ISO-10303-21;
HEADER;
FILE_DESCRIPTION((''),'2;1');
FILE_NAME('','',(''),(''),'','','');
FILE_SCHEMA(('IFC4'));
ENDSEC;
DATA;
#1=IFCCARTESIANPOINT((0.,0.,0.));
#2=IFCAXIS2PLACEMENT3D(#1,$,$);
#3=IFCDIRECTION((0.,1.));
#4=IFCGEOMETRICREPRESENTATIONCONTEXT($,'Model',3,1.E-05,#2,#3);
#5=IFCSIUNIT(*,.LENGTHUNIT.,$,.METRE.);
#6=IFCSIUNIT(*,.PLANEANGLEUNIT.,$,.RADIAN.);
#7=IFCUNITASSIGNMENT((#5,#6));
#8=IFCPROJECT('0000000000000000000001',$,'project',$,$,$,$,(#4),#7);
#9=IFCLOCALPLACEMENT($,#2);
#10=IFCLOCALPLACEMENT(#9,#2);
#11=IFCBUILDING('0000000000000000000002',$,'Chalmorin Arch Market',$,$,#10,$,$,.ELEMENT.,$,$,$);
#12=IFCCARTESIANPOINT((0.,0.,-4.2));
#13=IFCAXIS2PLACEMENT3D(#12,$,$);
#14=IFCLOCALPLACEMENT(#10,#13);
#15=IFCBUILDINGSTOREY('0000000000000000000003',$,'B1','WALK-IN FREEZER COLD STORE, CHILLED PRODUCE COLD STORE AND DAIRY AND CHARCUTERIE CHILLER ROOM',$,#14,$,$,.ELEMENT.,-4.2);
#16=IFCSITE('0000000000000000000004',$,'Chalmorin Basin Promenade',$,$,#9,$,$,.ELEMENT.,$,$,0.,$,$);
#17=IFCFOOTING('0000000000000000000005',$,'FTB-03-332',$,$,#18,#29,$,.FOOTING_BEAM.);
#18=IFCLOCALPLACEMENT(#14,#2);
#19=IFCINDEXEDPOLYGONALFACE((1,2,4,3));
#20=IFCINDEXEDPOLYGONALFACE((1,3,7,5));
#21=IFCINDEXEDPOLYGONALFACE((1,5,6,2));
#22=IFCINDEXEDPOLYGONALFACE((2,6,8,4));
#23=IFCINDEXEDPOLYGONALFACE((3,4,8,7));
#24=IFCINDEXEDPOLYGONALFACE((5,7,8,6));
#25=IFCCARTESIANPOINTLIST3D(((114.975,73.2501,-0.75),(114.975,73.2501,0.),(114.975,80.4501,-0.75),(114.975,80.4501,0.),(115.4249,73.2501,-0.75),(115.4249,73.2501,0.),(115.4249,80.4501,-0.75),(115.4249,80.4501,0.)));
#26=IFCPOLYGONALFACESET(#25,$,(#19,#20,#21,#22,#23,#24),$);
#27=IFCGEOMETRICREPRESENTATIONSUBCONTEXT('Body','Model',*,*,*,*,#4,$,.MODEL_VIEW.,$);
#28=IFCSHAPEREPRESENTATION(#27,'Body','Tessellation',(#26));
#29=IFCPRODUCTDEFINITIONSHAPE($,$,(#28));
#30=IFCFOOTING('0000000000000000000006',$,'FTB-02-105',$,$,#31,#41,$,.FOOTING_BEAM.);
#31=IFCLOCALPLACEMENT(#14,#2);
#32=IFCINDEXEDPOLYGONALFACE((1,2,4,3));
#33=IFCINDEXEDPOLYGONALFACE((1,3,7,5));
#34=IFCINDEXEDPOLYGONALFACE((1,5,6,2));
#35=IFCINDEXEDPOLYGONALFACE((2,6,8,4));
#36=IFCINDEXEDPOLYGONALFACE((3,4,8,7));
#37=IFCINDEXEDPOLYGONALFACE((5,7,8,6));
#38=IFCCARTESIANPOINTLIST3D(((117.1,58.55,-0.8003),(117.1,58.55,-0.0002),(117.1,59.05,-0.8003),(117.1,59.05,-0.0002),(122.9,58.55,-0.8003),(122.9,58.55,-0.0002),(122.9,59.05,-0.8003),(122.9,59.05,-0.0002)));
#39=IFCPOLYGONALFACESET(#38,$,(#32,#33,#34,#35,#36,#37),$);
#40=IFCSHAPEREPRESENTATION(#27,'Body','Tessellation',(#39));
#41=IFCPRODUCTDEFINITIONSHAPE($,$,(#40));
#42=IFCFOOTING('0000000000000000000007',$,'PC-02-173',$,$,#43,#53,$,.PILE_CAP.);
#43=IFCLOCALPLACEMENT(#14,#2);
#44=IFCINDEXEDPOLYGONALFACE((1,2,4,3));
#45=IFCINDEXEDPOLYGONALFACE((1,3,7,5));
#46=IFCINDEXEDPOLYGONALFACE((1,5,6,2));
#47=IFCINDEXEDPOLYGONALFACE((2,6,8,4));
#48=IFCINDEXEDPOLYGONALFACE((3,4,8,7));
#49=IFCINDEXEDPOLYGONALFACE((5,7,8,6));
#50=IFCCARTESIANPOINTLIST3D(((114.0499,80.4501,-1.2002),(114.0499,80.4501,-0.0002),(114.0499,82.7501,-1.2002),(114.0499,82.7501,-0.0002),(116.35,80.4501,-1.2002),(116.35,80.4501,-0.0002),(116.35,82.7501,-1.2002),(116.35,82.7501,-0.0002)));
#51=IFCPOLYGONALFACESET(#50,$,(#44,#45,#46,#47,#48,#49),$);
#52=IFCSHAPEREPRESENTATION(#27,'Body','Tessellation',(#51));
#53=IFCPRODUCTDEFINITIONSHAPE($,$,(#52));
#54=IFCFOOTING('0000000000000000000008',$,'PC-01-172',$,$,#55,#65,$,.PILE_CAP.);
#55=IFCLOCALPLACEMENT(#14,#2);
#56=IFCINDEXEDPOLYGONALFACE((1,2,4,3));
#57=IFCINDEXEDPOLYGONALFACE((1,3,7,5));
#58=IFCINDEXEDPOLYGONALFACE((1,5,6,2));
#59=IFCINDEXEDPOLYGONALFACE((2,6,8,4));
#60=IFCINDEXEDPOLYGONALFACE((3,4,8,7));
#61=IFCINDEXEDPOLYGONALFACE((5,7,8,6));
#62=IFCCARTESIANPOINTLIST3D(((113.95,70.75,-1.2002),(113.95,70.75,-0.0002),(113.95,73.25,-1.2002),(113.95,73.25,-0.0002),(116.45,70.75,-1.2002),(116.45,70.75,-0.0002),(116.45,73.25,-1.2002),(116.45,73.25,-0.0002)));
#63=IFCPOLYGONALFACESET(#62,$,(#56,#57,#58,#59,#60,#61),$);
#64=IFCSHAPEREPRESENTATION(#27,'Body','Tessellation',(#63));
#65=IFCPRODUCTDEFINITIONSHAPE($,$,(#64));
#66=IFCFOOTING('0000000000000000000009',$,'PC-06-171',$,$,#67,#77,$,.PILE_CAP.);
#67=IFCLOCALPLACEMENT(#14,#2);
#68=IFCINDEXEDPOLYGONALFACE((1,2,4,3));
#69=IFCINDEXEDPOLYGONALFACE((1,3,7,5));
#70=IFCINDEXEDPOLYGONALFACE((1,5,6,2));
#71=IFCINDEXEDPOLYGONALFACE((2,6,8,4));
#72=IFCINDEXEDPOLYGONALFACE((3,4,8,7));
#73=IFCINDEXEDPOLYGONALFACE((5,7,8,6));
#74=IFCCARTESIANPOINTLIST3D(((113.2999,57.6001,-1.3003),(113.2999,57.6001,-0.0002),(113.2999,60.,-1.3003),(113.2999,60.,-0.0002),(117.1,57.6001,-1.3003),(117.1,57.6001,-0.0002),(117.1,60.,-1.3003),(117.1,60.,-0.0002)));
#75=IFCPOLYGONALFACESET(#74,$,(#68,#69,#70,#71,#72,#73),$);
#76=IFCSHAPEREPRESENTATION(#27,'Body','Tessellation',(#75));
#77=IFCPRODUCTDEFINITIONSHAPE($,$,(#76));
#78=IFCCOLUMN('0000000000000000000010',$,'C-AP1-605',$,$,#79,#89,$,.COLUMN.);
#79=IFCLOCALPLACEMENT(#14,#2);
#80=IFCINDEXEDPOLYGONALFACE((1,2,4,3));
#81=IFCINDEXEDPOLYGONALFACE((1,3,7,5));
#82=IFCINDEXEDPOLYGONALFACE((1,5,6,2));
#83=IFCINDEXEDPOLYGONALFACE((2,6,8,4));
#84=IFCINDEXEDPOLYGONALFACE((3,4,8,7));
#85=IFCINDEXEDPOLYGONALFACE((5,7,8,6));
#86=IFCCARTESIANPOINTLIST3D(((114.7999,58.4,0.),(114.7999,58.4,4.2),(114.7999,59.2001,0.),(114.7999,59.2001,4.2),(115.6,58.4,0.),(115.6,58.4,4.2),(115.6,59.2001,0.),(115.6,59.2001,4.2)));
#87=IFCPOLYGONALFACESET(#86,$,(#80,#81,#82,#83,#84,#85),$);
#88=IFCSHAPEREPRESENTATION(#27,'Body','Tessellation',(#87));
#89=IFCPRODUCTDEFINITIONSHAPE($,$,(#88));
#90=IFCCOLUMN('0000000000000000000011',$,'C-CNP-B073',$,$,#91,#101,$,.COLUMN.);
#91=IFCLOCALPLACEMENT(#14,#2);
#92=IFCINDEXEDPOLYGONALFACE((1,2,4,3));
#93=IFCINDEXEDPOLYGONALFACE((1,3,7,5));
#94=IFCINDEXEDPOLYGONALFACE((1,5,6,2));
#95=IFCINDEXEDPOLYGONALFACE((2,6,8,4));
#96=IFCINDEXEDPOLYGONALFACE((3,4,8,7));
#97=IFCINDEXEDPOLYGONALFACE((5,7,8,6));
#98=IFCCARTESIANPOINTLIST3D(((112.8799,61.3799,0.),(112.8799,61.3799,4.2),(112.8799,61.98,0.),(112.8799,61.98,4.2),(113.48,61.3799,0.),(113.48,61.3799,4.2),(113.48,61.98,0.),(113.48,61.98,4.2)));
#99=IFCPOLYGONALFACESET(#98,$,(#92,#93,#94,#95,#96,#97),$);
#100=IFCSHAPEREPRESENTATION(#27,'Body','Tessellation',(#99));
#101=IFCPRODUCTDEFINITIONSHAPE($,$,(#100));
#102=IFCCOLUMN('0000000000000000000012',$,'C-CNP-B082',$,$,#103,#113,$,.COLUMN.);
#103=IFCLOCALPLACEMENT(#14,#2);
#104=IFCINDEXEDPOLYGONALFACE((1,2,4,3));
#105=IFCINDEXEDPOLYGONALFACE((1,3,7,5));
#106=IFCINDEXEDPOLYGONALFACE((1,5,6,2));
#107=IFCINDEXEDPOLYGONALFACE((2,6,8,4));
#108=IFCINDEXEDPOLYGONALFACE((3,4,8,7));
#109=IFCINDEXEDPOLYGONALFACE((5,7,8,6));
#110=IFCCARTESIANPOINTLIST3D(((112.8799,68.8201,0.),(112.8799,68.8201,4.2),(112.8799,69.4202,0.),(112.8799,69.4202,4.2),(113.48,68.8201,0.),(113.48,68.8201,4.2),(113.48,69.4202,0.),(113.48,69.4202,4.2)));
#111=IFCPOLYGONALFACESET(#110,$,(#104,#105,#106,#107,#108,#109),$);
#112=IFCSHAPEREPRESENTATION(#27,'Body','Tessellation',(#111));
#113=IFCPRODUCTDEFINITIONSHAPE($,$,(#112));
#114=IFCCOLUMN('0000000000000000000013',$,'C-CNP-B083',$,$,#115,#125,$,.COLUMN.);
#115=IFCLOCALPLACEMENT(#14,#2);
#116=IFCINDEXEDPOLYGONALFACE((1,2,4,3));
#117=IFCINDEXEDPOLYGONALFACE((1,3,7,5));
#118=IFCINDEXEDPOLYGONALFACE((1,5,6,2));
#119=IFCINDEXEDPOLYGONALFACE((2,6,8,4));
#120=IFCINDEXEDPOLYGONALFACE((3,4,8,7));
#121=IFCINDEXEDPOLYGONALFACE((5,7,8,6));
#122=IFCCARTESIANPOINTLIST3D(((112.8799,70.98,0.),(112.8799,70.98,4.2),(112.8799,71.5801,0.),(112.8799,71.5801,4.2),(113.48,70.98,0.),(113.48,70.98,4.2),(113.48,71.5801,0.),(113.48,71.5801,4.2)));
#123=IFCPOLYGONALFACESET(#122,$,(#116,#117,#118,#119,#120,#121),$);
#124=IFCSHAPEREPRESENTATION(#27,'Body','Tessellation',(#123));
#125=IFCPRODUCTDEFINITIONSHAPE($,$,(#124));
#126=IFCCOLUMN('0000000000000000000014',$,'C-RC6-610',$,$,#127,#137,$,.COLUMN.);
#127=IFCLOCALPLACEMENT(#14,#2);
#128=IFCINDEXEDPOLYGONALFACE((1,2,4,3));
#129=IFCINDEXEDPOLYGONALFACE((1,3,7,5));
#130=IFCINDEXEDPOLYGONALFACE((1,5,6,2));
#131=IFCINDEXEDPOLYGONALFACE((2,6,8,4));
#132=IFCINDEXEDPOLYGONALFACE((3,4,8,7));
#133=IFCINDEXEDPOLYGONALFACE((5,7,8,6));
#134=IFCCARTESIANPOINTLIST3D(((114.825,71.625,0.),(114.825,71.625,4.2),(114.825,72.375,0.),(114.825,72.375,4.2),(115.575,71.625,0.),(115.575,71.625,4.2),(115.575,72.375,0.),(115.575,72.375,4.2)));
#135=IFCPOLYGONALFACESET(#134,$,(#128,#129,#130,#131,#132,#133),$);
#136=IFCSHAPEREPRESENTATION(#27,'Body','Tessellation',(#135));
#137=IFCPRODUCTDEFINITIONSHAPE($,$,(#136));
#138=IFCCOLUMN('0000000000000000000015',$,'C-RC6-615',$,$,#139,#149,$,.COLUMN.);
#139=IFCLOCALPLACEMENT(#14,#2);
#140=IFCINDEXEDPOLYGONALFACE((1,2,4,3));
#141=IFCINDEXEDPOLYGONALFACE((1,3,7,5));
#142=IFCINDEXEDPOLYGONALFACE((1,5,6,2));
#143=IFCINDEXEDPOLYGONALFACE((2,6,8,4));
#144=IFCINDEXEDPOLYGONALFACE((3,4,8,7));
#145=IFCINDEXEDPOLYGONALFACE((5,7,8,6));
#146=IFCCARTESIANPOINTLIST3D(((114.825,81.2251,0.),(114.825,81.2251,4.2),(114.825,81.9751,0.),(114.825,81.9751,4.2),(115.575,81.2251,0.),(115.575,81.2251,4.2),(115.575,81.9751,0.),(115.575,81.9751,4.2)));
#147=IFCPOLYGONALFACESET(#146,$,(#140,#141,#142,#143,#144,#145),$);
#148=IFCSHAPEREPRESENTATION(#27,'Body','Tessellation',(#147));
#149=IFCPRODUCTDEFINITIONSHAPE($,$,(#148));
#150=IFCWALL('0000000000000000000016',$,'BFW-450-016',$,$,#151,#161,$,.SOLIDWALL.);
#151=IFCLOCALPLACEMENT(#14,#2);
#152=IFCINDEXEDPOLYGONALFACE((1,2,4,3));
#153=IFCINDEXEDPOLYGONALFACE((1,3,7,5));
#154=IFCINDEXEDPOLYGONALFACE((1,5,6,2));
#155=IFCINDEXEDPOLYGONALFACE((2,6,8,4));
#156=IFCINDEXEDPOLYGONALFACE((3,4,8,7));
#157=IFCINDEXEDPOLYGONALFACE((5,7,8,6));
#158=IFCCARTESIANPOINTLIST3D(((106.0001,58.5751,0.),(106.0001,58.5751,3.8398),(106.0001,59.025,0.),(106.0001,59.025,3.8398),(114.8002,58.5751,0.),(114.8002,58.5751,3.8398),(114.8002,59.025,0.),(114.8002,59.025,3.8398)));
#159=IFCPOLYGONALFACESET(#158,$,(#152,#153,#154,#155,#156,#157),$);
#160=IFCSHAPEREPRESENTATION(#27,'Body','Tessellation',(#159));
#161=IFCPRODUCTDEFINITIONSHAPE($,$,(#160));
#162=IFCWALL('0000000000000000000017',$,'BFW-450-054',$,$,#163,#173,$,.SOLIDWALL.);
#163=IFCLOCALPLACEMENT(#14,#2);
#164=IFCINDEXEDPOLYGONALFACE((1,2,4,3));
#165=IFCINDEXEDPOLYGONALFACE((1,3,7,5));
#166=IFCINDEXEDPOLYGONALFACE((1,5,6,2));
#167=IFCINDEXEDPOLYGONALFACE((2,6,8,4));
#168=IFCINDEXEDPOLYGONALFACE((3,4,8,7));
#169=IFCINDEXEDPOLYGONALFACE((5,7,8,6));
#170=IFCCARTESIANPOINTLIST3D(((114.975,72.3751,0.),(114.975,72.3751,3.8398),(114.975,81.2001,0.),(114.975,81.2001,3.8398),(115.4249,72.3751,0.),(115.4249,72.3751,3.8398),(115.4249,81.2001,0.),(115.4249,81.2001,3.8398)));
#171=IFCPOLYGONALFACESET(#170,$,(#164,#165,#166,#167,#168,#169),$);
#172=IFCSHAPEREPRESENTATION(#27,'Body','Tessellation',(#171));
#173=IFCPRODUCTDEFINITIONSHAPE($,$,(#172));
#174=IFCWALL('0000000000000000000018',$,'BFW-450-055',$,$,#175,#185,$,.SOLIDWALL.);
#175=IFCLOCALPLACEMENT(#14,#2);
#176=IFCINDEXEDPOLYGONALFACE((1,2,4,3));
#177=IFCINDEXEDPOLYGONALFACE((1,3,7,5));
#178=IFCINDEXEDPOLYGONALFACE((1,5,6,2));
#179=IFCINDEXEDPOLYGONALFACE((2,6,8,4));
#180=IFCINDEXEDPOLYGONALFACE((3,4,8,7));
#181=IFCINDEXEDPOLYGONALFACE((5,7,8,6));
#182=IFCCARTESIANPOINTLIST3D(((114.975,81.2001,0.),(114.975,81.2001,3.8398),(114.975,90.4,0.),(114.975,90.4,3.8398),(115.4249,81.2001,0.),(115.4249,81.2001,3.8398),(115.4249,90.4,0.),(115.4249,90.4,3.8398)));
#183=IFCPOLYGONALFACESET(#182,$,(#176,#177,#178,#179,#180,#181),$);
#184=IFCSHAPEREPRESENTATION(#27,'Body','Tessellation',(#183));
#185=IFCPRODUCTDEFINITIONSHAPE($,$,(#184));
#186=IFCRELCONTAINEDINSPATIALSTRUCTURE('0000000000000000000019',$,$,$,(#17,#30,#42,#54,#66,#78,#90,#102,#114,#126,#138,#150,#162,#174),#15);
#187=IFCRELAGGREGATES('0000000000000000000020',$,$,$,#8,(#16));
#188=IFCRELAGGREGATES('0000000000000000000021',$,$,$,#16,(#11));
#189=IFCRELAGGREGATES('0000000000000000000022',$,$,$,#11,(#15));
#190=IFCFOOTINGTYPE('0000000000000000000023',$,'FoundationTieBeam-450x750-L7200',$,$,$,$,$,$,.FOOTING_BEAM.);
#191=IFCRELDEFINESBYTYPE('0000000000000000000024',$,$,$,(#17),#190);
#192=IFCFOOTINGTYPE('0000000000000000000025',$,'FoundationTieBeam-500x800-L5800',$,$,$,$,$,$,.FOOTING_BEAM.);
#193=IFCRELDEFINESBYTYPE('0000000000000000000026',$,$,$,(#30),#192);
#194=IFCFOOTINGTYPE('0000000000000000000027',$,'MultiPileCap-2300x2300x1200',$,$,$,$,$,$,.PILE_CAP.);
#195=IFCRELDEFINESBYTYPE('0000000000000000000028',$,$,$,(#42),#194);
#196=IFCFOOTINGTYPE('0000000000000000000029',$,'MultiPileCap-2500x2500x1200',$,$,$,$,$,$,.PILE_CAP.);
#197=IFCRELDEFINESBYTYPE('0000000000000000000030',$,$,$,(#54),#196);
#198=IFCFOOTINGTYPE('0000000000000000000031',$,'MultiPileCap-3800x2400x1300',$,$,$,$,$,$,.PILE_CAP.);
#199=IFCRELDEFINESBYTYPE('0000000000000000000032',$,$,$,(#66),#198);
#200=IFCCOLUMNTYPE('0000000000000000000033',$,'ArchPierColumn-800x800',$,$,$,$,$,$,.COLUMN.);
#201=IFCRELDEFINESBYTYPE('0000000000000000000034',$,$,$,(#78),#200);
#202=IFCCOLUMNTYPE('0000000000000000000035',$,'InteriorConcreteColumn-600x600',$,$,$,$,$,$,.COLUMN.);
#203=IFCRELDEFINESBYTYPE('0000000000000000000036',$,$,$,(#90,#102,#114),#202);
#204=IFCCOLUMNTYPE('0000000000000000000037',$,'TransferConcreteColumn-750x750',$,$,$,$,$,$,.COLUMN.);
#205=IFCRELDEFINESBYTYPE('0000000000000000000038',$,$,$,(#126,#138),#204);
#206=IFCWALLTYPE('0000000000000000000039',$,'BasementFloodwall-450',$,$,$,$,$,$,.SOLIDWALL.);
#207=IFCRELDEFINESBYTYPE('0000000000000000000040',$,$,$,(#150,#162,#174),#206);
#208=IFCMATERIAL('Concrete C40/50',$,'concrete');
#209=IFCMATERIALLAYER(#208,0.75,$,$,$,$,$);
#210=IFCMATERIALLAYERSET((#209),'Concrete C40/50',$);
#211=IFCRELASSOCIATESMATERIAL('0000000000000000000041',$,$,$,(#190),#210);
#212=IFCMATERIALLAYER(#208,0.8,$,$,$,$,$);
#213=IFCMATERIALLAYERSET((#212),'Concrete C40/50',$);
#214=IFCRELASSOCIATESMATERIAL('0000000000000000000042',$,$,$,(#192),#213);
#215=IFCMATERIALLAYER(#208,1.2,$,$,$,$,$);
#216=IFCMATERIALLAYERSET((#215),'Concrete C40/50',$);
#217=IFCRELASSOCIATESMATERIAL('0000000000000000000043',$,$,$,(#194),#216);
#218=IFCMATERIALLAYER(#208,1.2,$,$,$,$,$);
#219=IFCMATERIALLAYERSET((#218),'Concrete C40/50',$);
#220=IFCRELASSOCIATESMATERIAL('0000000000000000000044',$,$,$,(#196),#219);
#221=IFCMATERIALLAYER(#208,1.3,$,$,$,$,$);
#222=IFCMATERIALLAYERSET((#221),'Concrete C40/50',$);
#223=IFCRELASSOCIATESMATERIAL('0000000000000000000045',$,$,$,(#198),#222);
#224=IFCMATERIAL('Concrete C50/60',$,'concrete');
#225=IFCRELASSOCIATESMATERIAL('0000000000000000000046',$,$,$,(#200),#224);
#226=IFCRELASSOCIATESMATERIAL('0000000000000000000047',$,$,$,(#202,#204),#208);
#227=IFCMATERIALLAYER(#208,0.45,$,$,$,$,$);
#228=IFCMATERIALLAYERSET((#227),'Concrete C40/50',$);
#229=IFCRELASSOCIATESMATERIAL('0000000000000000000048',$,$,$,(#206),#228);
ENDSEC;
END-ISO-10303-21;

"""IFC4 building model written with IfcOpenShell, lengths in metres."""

from ifc_helpers import new_model, si_unit, direction, frame, frame_2d, origin, origin_2d, place, context, subcontext, project, spatial, rectangle, extrude, material, layer, layer_set, material_profile, profile_set, type_object, element, save


model = new_model("IFC4")

# Units and contexts
model_context = context("Model", 3, precision=1e-05, world=origin(), true_north=direction((0.0, 1.0)))
body_context = subcontext(model_context, "Body", "Model", "MODEL_VIEW")
ifc_project = project(units=[si_unit("LENGTHUNIT", "METRE"), si_unit("PLANEANGLEUNIT", "RADIAN")], contexts=[model_context])

# Site, building, storey
site_placement = place(None, origin())
site = spatial("IfcSite", under=ifc_project, at=site_placement, Name="Chalmorin Basin Promenade", CompositionType="ELEMENT", RefElevation=0.0)
building_placement = place(site_placement, origin())
building = spatial("IfcBuilding", under=site, at=building_placement, Name="Chalmorin Arch Market", CompositionType="ELEMENT")
storey_placement = place(building_placement, frame((0.0, 0.0, -4.2)))
storey = spatial("IfcBuildingStorey", under=building, at=storey_placement, Name="B1", Description="WALK-IN FREEZER COLD STORE, CHILLED PRODUCE COLD STORE AND DAIRY AND CHARCUTERIE CHILLER ROOM", CompositionType="ELEMENT", Elevation=-4.2)

# Footings
ifc_material_1 = material(Name="Concrete C40/50", Category="concrete")
ifc_layer_1 = layer(ifc_material_1, 0.75)
ifc_layer_set_1 = layer_set([ifc_layer_1], Name="Concrete C40/50")
footing_type_1 = type_object("IfcFootingType", Name="FoundationTieBeam-450x750-L7200", PredefinedType="FOOTING_BEAM", material=ifc_layer_set_1)
footing_1_placement = place(storey_placement, frame((115.2, 76.8501, -0.75), z_axis=(0.0, 0.0, 1.0), x_axis=(0.0, 1.0, 0.0)))
element("IfcFooting", 1, at=footing_1_placement, inside=storey, type_object=footing_type_1, Name="FTB-03-332", PredefinedType="FOOTING_BEAM", context=body_context, shape_type="SweptSolid", body=[
    extrude(rectangle(XDim=7.2, YDim=0.45, at=origin_2d()), origin(), (0.0, 0.0, 1.0), 0.75),
])
ifc_layer_2 = layer(ifc_material_1, 0.8)
ifc_layer_set_2 = layer_set([ifc_layer_2], Name="Concrete C40/50")
footing_type_2 = type_object("IfcFootingType", Name="FoundationTieBeam-500x800-L5800", PredefinedType="FOOTING_BEAM", material=ifc_layer_set_2)
footing_2_placement = place(storey_placement, frame((120.0, 58.8, -0.8003), z_axis=(0.0, 0.0, 1.0), x_axis=(1.0, 0.0, 0.0)))
element("IfcFooting", 2, at=footing_2_placement, inside=storey, type_object=footing_type_2, Name="FTB-02-105", PredefinedType="FOOTING_BEAM", context=body_context, shape_type="SweptSolid", body=[
    extrude(rectangle(XDim=5.8, YDim=0.5, at=origin_2d()), origin(), (0.0, 0.0, 1.0), 0.8),
])
ifc_layer_3 = layer(ifc_material_1, 1.2)
ifc_layer_set_3 = layer_set([ifc_layer_3], Name="Concrete C40/50")
footing_type_3 = type_object("IfcFootingType", Name="MultiPileCap-2300x2300x1200", PredefinedType="PILE_CAP", material=ifc_layer_set_3)
footing_3_placement = place(storey_placement, frame((115.2, 81.6001, -1.2002), z_axis=(0.0, 0.0, 1.0), x_axis=(1.0, 0.0, 0.0)))
element("IfcFooting", 3, at=footing_3_placement, inside=storey, type_object=footing_type_3, Name="PC-02-173", PredefinedType="PILE_CAP", context=body_context, shape_type="SweptSolid", body=[
    extrude(rectangle(XDim=2.3, YDim=2.3, at=origin_2d()), origin(), (0.0, 0.0, 1.0), 1.2),
])
ifc_layer_4 = layer(ifc_material_1, 1.2)
ifc_layer_set_4 = layer_set([ifc_layer_4], Name="Concrete C40/50")
footing_type_4 = type_object("IfcFootingType", Name="MultiPileCap-2500x2500x1200", PredefinedType="PILE_CAP", material=ifc_layer_set_4)
footing_4_placement = place(storey_placement, frame((115.2, 72.0, -1.2002), z_axis=(0.0, 0.0, 1.0), x_axis=(1.0, 0.0, 0.0)))
element("IfcFooting", 4, at=footing_4_placement, inside=storey, type_object=footing_type_4, Name="PC-01-172", PredefinedType="PILE_CAP", context=body_context, shape_type="SweptSolid", body=[
    extrude(rectangle(XDim=2.5, YDim=2.5, at=origin_2d()), origin(), (0.0, 0.0, 1.0), 1.2),
])
ifc_layer_5 = layer(ifc_material_1, 1.3)
ifc_layer_set_5 = layer_set([ifc_layer_5], Name="Concrete C40/50")
footing_type_5 = type_object("IfcFootingType", Name="MultiPileCap-3800x2400x1300", PredefinedType="PILE_CAP", material=ifc_layer_set_5)
footing_5_placement = place(storey_placement, frame((115.2, 58.8, -1.3003), z_axis=(0.0, 0.0, 1.0), x_axis=(1.0, 0.0, 0.0)))
element("IfcFooting", 5, at=footing_5_placement, inside=storey, type_object=footing_type_5, Name="PC-06-171", PredefinedType="PILE_CAP", context=body_context, shape_type="SweptSolid", body=[
    extrude(rectangle(XDim=3.8, YDim=2.3999, at=origin_2d()), origin(), (0.0, 0.0, 1.0), 1.3),
])

# Columns
ifc_material_2 = material(Name="Concrete C50/60", Category="concrete")
ifc_material_profile_1 = material_profile(ifc_material_2, rectangle(XDim=0.8, YDim=0.8, at=origin_2d()), Name="RC800X800")
ifc_profile_set_1 = profile_set([ifc_material_profile_1], Name="Concrete C50/60")
column_type_1 = type_object("IfcColumnType", Name="ArchPierColumn-800x800", PredefinedType="COLUMN", material=ifc_profile_set_1)
column_placement = place(storey_placement, frame((115.2, 58.8, 0.0), z_axis=(0.0, 0.0, 1.0), x_axis=(1.0, 0.0, 0.0)))
element("IfcColumn", 6, at=column_placement, inside=storey, type_object=column_type_1, Name="C-AP1-605", PredefinedType="COLUMN", context=body_context, shape_type="SweptSolid", body=[
    extrude(rectangle(XDim=0.8, YDim=0.8, at=origin_2d()), origin(), (0.0, 0.0, 1.0), 4.2),
])
ifc_material_profile_2 = material_profile(ifc_material_1, rectangle(XDim=0.6001, YDim=0.6001, at=origin_2d()), Name="RC600X600")
ifc_profile_set_2 = profile_set([ifc_material_profile_2], Name="Concrete C40/50")
column_type_2 = type_object("IfcColumnType", Name="InteriorConcreteColumn-600x600", PredefinedType="COLUMN", material=ifc_profile_set_2)
for number, where, z_axis, x_axis, name in (
    (7, (113.1799, 61.6799, 0.0), (0.0, 0.0, 1.0), (1.0, 0.0, 0.0), "C-CNP-B073"),
    (8, (113.1799, 69.1201, 0.0), (0.0, 0.0, 1.0), (1.0, 0.0, 0.0), "C-CNP-B082"),
    (9, (113.1799, 71.28, 0.0), (0.0, 0.0, 1.0), (1.0, 0.0, 0.0), "C-CNP-B083"),
):
    element("IfcColumn", number, at=place(storey_placement, frame(where, z_axis=z_axis, x_axis=x_axis)), inside=storey, type_object=column_type_2, Name=name, PredefinedType="COLUMN", context=body_context, shape_type="SweptSolid", body=[
        extrude(rectangle(XDim=0.6001, YDim=0.6001, at=origin_2d()), origin(), (0.0, 0.0, 1.0), 4.2),
    ])
ifc_material_profile_3 = material_profile(ifc_material_1, rectangle(XDim=0.75, YDim=0.75, at=origin_2d()), Name="RC750X750")
ifc_profile_set_3 = profile_set([ifc_material_profile_3], Name="Concrete C40/50")
column_type_3 = type_object("IfcColumnType", Name="TransferConcreteColumn-750x750", PredefinedType="COLUMN", material=ifc_profile_set_3)
for number, where, z_axis, x_axis, name in (
    (10, (115.2, 72.0, 0.0), (0.0, 0.0, 1.0), (1.0, 0.0, 0.0), "C-RC6-610"),
    (11, (115.2, 81.6001, 0.0), (0.0, 0.0, 1.0), (1.0, 0.0, 0.0), "C-RC6-615"),
):
    element("IfcColumn", number, at=place(storey_placement, frame(where, z_axis=z_axis, x_axis=x_axis)), inside=storey, type_object=column_type_3, Name=name, PredefinedType="COLUMN", context=body_context, shape_type="SweptSolid", body=[
        extrude(rectangle(XDim=0.75, YDim=0.75, at=origin_2d()), origin(), (0.0, 0.0, 1.0), 4.2),
    ])

# Walls
ifc_layer_6 = layer(ifc_material_1, 0.45)
ifc_layer_set_6 = layer_set([ifc_layer_6], Name="Concrete C40/50")
wall_type_1 = type_object("IfcWallType", Name="BasementFloodwall-450", PredefinedType="SOLIDWALL", material=ifc_layer_set_6)
wall_1_placement = place(storey_placement, frame((114.8, 58.8, 0.0), z_axis=(0.0, 0.0, 1.0), x_axis=(-1.0, 0.0, 0.0)))
element("IfcWall", 12, at=wall_1_placement, inside=storey, type_object=wall_type_1, Name="BFW-450-016", PredefinedType="SOLIDWALL", context=body_context, shape_type="SweptSolid", body=[
    extrude(rectangle(XDim=8.8, YDim=0.45, at=frame_2d((4.3999, 0.0))), origin(), (0.0, 0.0, 1.0), 3.8398),
])
wall_2_placement = place(storey_placement, frame((115.2, 72.375, 0.0), z_axis=(0.0, 0.0, 1.0), x_axis=(0.0, 1.0, 0.0)))
element("IfcWall", 13, at=wall_2_placement, inside=storey, type_object=wall_type_1, Name="BFW-450-054", PredefinedType="SOLIDWALL", context=body_context, shape_type="SweptSolid", body=[
    extrude(rectangle(XDim=8.825, YDim=0.45, at=frame_2d((4.4126, 0.0))), origin(), (0.0, 0.0, 1.0), 3.8398),
])
wall_3_placement = place(storey_placement, frame((115.2, 81.2, 0.0), z_axis=(0.0, 0.0, 1.0), x_axis=(0.0, 1.0, 0.0)))
element("IfcWall", 14, at=wall_3_placement, inside=storey, type_object=wall_type_1, Name="BFW-450-055", PredefinedType="SOLIDWALL", context=body_context, shape_type="SweptSolid", body=[
    extrude(rectangle(XDim=9.2, YDim=0.45, at=frame_2d((4.6001, 0.0))), origin(), (0.0, 0.0, 1.0), 3.8398),
])

save(model, "model.ifc")
